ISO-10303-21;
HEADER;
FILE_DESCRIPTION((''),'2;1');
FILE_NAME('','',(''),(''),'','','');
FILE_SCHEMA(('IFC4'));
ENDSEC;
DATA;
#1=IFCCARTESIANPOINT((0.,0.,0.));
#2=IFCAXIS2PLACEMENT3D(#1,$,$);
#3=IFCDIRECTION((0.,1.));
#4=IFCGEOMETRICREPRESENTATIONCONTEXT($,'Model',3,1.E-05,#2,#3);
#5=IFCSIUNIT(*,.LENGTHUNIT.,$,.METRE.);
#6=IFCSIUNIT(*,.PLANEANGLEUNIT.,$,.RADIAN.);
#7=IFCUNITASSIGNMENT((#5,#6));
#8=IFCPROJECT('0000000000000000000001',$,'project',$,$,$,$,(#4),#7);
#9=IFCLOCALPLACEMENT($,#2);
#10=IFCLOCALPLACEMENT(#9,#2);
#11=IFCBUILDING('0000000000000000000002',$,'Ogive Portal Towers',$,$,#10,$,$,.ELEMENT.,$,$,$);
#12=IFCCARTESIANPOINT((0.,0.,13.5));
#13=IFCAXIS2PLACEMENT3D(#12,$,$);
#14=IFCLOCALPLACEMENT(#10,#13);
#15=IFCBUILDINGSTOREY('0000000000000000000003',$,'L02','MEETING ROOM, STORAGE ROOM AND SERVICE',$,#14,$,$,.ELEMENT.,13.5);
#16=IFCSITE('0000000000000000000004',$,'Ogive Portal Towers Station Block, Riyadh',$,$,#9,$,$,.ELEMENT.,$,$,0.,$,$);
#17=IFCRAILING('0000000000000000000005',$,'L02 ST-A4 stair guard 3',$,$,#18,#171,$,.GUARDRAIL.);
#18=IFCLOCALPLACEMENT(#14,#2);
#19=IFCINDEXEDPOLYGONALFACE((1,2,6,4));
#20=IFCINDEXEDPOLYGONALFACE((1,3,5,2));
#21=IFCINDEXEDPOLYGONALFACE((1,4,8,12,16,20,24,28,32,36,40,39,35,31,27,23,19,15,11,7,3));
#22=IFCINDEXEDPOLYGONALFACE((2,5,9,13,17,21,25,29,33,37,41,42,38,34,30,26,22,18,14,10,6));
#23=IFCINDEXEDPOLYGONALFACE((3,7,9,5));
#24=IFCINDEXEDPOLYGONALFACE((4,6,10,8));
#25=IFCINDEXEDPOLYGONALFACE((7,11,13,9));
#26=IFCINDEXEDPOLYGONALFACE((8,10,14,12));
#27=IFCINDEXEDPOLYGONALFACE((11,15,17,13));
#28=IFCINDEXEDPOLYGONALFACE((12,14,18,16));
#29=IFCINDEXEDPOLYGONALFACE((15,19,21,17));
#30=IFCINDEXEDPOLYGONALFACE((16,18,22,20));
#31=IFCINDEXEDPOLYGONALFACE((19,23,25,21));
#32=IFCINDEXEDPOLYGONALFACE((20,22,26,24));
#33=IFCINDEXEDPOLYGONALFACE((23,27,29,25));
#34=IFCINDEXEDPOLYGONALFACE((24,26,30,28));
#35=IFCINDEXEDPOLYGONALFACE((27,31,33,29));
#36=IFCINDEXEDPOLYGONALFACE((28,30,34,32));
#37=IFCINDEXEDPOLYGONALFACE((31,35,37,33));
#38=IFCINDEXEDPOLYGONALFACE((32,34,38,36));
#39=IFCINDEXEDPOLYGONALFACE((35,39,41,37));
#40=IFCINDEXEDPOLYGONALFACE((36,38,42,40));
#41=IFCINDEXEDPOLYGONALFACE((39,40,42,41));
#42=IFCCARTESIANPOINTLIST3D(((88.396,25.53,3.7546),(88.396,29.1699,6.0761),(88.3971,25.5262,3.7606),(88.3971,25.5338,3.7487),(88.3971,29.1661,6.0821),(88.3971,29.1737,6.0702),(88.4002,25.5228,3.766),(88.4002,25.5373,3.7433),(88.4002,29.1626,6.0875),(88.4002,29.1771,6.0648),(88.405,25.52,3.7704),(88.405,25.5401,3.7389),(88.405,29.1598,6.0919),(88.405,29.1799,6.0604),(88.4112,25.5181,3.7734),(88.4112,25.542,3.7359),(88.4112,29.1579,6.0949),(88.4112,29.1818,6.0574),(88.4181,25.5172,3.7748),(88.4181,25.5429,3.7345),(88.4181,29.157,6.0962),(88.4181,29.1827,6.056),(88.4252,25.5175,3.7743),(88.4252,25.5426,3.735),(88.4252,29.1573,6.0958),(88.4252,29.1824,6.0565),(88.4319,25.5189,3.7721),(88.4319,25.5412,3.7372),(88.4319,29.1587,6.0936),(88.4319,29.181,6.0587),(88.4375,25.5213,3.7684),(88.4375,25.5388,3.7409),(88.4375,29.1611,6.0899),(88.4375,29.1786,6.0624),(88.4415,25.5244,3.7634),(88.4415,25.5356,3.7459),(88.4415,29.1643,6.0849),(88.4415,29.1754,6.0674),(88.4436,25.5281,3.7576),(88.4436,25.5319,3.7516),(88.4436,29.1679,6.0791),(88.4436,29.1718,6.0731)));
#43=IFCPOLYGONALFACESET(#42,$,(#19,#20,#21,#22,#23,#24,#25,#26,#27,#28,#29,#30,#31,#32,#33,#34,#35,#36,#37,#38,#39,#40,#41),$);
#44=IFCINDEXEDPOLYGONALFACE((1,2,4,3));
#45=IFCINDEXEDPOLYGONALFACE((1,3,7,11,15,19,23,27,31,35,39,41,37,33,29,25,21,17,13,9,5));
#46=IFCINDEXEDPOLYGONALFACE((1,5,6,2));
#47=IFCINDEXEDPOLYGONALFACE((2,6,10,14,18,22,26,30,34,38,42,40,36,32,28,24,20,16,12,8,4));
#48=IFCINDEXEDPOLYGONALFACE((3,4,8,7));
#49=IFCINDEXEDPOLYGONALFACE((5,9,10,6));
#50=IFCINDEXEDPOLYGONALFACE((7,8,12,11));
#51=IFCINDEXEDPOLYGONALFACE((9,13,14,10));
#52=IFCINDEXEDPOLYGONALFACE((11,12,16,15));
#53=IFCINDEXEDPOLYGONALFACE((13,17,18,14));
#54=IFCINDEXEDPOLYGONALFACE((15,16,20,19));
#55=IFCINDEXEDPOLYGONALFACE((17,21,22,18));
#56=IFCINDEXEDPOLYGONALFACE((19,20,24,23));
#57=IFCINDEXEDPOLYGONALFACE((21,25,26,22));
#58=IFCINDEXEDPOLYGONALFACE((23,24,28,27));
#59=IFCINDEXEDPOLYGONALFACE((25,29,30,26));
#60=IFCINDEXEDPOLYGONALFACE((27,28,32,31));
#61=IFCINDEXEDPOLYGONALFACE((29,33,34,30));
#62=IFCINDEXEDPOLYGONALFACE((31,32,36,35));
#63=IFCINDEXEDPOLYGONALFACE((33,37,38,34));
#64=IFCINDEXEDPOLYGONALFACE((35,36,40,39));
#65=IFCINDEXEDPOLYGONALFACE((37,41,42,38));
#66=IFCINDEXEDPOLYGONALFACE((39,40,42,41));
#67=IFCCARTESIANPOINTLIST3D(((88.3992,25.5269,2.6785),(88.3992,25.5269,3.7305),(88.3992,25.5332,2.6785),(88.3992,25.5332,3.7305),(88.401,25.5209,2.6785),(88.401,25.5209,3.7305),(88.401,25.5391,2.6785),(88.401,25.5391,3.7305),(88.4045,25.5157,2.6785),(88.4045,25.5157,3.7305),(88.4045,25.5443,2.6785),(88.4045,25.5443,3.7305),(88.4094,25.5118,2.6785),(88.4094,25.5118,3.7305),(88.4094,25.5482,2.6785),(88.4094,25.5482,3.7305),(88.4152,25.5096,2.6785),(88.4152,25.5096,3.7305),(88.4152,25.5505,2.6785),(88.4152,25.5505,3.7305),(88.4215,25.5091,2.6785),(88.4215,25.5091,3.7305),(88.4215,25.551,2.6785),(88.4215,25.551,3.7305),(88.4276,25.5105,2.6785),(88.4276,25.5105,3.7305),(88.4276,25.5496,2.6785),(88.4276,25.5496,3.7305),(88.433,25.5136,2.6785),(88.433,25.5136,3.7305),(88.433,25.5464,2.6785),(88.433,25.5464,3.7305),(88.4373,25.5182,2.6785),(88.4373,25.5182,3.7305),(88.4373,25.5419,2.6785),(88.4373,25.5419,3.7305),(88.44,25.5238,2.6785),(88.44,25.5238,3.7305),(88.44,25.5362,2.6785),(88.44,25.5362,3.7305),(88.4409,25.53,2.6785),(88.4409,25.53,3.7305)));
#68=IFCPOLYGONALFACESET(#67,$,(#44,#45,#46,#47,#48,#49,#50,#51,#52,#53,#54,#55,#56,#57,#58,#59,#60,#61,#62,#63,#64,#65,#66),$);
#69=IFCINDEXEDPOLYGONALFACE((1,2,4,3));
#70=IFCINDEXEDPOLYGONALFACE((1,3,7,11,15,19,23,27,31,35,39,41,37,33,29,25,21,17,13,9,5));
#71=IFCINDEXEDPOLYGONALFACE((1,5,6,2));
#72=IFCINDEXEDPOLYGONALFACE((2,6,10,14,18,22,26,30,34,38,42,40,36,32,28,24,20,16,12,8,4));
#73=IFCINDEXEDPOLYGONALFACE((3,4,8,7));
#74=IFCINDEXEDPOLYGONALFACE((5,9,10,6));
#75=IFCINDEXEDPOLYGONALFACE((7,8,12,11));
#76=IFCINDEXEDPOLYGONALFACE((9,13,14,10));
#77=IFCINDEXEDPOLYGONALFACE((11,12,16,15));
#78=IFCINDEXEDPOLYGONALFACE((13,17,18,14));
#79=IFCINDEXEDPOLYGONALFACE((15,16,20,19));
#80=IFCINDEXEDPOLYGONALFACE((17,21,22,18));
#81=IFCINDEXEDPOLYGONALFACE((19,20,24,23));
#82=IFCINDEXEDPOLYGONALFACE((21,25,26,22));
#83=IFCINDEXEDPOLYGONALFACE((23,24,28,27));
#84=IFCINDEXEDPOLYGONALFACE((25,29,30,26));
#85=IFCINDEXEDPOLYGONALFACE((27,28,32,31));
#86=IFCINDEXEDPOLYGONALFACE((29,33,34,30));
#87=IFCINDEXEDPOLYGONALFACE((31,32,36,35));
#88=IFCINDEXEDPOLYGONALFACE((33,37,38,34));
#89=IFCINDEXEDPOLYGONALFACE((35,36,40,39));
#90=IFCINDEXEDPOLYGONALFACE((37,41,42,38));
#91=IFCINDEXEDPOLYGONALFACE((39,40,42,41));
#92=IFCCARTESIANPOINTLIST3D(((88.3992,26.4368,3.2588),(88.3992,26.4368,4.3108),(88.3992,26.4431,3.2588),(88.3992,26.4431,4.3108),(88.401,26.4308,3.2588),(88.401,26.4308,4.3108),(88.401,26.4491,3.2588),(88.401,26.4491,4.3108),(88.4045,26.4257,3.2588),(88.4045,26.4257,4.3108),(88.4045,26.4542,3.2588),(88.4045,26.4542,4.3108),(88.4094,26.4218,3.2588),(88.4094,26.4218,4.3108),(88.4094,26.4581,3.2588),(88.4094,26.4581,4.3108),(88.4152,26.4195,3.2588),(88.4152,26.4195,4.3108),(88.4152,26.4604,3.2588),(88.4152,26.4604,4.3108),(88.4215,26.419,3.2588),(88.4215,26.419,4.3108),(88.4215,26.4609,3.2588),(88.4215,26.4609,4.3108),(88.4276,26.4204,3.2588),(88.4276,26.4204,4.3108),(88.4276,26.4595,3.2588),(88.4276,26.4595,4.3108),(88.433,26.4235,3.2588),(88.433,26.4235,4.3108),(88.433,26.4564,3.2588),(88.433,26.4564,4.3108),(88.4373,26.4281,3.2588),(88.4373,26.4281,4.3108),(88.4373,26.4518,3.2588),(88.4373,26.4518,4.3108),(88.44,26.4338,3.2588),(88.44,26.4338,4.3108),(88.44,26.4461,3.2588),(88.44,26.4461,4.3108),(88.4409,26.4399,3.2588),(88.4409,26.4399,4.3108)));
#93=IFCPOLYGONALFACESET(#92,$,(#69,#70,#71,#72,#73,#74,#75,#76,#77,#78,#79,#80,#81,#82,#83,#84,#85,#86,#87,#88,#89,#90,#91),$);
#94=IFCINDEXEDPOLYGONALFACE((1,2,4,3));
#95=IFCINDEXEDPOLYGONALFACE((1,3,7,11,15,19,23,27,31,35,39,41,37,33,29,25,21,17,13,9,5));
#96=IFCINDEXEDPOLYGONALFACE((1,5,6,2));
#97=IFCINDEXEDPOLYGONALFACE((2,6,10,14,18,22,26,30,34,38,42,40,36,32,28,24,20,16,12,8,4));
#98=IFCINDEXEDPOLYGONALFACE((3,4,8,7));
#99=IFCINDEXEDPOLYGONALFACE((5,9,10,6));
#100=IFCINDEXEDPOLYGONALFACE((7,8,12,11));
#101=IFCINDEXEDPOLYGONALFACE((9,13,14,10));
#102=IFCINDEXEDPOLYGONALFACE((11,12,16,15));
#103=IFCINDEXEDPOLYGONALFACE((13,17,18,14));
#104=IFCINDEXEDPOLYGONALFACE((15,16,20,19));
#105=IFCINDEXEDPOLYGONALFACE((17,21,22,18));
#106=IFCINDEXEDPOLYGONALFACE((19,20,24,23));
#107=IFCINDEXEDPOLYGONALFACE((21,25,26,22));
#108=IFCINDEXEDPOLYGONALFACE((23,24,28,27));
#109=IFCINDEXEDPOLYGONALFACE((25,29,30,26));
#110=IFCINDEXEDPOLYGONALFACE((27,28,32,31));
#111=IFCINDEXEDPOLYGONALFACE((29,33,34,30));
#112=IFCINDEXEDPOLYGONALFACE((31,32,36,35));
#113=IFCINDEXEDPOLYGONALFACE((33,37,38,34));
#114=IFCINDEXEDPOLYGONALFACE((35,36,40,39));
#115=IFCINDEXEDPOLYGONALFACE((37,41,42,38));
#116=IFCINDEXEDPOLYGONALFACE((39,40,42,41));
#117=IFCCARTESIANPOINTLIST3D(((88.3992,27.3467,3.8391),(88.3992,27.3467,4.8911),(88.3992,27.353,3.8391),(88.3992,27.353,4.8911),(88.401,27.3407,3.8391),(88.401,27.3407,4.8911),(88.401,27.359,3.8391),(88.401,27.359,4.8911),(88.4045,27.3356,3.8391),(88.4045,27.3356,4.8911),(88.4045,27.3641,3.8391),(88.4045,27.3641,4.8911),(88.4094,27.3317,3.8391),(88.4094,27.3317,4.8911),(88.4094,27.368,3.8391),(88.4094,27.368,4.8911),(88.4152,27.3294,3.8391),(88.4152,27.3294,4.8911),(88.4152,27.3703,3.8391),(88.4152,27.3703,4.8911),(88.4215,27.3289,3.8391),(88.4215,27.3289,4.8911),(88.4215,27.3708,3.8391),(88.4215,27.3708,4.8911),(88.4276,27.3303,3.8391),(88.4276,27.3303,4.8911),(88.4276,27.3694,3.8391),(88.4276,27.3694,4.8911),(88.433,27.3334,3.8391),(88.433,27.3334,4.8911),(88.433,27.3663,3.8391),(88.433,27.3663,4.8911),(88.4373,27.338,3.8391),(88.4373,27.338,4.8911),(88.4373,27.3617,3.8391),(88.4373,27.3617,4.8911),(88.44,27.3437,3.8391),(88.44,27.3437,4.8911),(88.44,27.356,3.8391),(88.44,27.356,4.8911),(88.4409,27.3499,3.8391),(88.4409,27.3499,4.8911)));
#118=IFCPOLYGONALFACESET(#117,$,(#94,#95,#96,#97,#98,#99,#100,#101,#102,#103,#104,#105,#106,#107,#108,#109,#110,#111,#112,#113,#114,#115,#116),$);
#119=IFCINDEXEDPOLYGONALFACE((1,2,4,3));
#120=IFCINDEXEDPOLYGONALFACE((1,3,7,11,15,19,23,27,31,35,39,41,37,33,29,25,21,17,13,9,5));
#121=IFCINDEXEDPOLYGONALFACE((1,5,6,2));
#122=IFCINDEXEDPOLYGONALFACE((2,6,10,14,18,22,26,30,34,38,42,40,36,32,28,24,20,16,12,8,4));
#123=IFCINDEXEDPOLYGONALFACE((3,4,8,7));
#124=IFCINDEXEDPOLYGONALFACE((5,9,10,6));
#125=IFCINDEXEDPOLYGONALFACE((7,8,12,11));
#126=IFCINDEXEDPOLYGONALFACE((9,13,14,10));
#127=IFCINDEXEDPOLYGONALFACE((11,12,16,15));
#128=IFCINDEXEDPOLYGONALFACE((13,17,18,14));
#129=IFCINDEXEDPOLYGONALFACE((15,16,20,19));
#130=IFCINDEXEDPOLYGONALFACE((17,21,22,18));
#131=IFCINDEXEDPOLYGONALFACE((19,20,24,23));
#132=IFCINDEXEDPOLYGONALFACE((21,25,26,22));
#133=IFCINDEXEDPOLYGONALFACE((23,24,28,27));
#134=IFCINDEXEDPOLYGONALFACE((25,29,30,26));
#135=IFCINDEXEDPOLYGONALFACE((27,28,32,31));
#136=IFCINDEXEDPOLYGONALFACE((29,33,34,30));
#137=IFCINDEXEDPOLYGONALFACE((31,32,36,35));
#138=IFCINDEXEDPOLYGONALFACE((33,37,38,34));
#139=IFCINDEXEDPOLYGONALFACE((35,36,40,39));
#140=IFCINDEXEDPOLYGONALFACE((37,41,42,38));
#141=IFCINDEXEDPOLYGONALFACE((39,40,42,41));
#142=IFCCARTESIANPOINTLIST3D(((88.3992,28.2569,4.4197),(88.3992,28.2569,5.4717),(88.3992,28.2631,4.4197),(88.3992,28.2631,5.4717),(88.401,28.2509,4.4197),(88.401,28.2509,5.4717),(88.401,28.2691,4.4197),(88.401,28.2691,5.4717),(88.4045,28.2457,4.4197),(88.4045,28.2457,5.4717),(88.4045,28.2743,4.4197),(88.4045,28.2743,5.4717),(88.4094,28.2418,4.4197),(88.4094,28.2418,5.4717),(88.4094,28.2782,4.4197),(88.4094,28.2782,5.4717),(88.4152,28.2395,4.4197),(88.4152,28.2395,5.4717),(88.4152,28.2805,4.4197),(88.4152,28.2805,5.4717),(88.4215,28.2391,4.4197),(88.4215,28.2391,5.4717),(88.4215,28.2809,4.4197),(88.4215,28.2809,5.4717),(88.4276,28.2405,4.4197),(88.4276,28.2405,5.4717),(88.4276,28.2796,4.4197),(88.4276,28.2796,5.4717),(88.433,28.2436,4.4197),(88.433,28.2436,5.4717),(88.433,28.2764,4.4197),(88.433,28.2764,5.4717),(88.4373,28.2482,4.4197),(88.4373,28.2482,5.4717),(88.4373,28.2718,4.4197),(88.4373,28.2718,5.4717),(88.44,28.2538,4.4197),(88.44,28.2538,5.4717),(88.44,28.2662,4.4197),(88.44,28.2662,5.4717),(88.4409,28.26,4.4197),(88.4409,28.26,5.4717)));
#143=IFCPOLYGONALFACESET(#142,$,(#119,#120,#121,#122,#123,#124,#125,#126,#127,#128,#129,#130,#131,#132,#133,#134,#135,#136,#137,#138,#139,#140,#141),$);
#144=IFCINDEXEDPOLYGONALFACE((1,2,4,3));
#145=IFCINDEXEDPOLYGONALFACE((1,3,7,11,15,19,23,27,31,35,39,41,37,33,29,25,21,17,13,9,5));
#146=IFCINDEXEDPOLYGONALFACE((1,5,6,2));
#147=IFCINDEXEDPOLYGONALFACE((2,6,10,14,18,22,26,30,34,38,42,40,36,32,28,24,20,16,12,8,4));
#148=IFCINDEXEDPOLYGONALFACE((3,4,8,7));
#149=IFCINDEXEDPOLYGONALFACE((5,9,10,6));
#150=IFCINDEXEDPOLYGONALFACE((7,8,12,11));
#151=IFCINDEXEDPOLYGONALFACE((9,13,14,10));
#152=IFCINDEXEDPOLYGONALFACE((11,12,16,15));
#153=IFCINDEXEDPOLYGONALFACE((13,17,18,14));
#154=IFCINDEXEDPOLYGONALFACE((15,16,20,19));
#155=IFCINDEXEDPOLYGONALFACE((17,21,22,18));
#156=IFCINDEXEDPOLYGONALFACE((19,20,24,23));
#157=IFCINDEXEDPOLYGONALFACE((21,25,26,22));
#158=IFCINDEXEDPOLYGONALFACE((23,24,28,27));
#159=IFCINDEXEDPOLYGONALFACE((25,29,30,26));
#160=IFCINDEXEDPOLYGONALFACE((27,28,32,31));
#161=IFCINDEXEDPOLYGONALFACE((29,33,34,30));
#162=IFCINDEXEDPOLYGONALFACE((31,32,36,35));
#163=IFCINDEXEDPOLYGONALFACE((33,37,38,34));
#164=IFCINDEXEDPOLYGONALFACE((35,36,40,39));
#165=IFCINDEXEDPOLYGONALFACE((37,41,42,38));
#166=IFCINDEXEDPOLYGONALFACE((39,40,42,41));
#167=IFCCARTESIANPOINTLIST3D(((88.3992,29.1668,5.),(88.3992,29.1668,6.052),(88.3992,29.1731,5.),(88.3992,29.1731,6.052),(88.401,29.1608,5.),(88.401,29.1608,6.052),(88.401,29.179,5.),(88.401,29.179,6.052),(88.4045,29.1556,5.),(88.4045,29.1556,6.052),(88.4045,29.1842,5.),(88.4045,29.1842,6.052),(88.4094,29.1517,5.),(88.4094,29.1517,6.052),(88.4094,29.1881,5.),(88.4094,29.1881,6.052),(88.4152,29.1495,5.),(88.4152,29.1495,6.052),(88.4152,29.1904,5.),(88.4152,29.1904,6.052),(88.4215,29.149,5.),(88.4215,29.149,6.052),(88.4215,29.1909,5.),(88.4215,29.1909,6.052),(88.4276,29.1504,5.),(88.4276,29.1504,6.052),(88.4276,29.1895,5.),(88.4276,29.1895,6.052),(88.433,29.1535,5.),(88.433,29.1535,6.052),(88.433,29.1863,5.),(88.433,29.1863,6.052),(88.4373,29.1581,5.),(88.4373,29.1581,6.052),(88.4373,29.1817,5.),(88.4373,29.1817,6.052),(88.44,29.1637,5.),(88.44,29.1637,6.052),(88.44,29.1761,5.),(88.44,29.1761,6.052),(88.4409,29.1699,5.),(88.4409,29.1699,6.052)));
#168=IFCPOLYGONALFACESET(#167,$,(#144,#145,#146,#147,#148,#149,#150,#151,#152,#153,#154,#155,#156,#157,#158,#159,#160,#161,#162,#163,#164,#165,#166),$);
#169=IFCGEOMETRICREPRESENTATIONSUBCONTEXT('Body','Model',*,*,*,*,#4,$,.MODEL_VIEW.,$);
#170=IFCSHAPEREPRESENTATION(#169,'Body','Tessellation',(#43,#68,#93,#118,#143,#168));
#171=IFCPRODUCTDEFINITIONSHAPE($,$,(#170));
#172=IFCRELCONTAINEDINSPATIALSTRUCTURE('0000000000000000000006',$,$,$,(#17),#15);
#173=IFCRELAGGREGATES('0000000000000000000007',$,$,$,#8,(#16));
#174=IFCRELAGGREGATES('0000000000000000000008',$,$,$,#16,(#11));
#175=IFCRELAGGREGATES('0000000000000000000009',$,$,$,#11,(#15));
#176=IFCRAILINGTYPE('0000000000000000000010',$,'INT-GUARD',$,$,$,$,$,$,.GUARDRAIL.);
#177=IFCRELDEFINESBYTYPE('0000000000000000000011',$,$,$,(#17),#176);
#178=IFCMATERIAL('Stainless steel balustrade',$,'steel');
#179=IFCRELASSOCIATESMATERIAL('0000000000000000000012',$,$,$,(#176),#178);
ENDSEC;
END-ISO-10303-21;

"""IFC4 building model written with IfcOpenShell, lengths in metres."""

from ifc_helpers import new_model, si_unit, direction, frame, origin, origin_2d, place, context, subcontext, project, spatial, circle, extrude, material, type_object, element, save


model = new_model("IFC4")

# Units and contexts
model_context = context("Model", 3, precision=1e-05, world=origin(), true_north=direction((0.0, 1.0)))
body_context = subcontext(model_context, "Body", "Model", "MODEL_VIEW")
ifc_project = project(units=[si_unit("LENGTHUNIT", "METRE"), si_unit("PLANEANGLEUNIT", "RADIAN")], contexts=[model_context])

# Site, building, storey
site_placement = place(None, origin())
site = spatial("IfcSite", under=ifc_project, at=site_placement, Name="Ogive Portal Towers Station Block, Riyadh", CompositionType="ELEMENT", RefElevation=0.0)
building_placement = place(site_placement, origin())
building = spatial("IfcBuilding", under=site, at=building_placement, Name="Ogive Portal Towers", CompositionType="ELEMENT")
storey_placement = place(building_placement, frame((0.0, 0.0, 13.5)))
storey = spatial("IfcBuildingStorey", under=building, at=storey_placement, Name="L02", Description="MEETING ROOM, STORAGE ROOM AND SERVICE", CompositionType="ELEMENT", Elevation=13.5)

# Railing
ifc_material_1 = material(Name="Stainless steel balustrade", Category="steel")
railing_type_1 = type_object("IfcRailingType", Name="INT-GUARD", PredefinedType="GUARDRAIL", material=ifc_material_1)
railing_1_placement = place(storey_placement, frame((88.4199, 25.53, 2.6785)))
element("IfcRailing", 1, at=railing_1_placement, inside=storey, type_object=railing_type_1, Name="L02 ST-A4 stair guard 3", PredefinedType="GUARDRAIL", context=body_context, shape_type="SweptSolid", body=[
    extrude(circle(Radius=0.0239, at=origin_2d()), frame((0.0, 0.0, 1.0762), z_axis=(0.0, 0.843112, 0.537739), x_axis=(-1.0, 0.0, 0.0)), (0.0, 0.0, 1.0), 4.3171),
    extrude(circle(Radius=0.021, at=origin_2d()), origin(), (0.0, 0.0, 1.0), 1.052),
    extrude(circle(Radius=0.021, at=origin_2d()), frame((0.0, 0.9099, 0.5803)), (0.0, 0.0, 1.0), 1.052),
    extrude(circle(Radius=0.021, at=origin_2d()), frame((0.0, 1.8198, 1.1606)), (0.0, 0.0, 1.0), 1.052),
    extrude(circle(Radius=0.021, at=origin_2d()), frame((0.0, 2.73, 1.7412)), (0.0, 0.0, 1.0), 1.052),
    extrude(circle(Radius=0.021, at=origin_2d()), frame((0.0, 3.6399, 2.3215)), (0.0, 0.0, 1.0), 1.052),
])

save(model, "model.ifc")
